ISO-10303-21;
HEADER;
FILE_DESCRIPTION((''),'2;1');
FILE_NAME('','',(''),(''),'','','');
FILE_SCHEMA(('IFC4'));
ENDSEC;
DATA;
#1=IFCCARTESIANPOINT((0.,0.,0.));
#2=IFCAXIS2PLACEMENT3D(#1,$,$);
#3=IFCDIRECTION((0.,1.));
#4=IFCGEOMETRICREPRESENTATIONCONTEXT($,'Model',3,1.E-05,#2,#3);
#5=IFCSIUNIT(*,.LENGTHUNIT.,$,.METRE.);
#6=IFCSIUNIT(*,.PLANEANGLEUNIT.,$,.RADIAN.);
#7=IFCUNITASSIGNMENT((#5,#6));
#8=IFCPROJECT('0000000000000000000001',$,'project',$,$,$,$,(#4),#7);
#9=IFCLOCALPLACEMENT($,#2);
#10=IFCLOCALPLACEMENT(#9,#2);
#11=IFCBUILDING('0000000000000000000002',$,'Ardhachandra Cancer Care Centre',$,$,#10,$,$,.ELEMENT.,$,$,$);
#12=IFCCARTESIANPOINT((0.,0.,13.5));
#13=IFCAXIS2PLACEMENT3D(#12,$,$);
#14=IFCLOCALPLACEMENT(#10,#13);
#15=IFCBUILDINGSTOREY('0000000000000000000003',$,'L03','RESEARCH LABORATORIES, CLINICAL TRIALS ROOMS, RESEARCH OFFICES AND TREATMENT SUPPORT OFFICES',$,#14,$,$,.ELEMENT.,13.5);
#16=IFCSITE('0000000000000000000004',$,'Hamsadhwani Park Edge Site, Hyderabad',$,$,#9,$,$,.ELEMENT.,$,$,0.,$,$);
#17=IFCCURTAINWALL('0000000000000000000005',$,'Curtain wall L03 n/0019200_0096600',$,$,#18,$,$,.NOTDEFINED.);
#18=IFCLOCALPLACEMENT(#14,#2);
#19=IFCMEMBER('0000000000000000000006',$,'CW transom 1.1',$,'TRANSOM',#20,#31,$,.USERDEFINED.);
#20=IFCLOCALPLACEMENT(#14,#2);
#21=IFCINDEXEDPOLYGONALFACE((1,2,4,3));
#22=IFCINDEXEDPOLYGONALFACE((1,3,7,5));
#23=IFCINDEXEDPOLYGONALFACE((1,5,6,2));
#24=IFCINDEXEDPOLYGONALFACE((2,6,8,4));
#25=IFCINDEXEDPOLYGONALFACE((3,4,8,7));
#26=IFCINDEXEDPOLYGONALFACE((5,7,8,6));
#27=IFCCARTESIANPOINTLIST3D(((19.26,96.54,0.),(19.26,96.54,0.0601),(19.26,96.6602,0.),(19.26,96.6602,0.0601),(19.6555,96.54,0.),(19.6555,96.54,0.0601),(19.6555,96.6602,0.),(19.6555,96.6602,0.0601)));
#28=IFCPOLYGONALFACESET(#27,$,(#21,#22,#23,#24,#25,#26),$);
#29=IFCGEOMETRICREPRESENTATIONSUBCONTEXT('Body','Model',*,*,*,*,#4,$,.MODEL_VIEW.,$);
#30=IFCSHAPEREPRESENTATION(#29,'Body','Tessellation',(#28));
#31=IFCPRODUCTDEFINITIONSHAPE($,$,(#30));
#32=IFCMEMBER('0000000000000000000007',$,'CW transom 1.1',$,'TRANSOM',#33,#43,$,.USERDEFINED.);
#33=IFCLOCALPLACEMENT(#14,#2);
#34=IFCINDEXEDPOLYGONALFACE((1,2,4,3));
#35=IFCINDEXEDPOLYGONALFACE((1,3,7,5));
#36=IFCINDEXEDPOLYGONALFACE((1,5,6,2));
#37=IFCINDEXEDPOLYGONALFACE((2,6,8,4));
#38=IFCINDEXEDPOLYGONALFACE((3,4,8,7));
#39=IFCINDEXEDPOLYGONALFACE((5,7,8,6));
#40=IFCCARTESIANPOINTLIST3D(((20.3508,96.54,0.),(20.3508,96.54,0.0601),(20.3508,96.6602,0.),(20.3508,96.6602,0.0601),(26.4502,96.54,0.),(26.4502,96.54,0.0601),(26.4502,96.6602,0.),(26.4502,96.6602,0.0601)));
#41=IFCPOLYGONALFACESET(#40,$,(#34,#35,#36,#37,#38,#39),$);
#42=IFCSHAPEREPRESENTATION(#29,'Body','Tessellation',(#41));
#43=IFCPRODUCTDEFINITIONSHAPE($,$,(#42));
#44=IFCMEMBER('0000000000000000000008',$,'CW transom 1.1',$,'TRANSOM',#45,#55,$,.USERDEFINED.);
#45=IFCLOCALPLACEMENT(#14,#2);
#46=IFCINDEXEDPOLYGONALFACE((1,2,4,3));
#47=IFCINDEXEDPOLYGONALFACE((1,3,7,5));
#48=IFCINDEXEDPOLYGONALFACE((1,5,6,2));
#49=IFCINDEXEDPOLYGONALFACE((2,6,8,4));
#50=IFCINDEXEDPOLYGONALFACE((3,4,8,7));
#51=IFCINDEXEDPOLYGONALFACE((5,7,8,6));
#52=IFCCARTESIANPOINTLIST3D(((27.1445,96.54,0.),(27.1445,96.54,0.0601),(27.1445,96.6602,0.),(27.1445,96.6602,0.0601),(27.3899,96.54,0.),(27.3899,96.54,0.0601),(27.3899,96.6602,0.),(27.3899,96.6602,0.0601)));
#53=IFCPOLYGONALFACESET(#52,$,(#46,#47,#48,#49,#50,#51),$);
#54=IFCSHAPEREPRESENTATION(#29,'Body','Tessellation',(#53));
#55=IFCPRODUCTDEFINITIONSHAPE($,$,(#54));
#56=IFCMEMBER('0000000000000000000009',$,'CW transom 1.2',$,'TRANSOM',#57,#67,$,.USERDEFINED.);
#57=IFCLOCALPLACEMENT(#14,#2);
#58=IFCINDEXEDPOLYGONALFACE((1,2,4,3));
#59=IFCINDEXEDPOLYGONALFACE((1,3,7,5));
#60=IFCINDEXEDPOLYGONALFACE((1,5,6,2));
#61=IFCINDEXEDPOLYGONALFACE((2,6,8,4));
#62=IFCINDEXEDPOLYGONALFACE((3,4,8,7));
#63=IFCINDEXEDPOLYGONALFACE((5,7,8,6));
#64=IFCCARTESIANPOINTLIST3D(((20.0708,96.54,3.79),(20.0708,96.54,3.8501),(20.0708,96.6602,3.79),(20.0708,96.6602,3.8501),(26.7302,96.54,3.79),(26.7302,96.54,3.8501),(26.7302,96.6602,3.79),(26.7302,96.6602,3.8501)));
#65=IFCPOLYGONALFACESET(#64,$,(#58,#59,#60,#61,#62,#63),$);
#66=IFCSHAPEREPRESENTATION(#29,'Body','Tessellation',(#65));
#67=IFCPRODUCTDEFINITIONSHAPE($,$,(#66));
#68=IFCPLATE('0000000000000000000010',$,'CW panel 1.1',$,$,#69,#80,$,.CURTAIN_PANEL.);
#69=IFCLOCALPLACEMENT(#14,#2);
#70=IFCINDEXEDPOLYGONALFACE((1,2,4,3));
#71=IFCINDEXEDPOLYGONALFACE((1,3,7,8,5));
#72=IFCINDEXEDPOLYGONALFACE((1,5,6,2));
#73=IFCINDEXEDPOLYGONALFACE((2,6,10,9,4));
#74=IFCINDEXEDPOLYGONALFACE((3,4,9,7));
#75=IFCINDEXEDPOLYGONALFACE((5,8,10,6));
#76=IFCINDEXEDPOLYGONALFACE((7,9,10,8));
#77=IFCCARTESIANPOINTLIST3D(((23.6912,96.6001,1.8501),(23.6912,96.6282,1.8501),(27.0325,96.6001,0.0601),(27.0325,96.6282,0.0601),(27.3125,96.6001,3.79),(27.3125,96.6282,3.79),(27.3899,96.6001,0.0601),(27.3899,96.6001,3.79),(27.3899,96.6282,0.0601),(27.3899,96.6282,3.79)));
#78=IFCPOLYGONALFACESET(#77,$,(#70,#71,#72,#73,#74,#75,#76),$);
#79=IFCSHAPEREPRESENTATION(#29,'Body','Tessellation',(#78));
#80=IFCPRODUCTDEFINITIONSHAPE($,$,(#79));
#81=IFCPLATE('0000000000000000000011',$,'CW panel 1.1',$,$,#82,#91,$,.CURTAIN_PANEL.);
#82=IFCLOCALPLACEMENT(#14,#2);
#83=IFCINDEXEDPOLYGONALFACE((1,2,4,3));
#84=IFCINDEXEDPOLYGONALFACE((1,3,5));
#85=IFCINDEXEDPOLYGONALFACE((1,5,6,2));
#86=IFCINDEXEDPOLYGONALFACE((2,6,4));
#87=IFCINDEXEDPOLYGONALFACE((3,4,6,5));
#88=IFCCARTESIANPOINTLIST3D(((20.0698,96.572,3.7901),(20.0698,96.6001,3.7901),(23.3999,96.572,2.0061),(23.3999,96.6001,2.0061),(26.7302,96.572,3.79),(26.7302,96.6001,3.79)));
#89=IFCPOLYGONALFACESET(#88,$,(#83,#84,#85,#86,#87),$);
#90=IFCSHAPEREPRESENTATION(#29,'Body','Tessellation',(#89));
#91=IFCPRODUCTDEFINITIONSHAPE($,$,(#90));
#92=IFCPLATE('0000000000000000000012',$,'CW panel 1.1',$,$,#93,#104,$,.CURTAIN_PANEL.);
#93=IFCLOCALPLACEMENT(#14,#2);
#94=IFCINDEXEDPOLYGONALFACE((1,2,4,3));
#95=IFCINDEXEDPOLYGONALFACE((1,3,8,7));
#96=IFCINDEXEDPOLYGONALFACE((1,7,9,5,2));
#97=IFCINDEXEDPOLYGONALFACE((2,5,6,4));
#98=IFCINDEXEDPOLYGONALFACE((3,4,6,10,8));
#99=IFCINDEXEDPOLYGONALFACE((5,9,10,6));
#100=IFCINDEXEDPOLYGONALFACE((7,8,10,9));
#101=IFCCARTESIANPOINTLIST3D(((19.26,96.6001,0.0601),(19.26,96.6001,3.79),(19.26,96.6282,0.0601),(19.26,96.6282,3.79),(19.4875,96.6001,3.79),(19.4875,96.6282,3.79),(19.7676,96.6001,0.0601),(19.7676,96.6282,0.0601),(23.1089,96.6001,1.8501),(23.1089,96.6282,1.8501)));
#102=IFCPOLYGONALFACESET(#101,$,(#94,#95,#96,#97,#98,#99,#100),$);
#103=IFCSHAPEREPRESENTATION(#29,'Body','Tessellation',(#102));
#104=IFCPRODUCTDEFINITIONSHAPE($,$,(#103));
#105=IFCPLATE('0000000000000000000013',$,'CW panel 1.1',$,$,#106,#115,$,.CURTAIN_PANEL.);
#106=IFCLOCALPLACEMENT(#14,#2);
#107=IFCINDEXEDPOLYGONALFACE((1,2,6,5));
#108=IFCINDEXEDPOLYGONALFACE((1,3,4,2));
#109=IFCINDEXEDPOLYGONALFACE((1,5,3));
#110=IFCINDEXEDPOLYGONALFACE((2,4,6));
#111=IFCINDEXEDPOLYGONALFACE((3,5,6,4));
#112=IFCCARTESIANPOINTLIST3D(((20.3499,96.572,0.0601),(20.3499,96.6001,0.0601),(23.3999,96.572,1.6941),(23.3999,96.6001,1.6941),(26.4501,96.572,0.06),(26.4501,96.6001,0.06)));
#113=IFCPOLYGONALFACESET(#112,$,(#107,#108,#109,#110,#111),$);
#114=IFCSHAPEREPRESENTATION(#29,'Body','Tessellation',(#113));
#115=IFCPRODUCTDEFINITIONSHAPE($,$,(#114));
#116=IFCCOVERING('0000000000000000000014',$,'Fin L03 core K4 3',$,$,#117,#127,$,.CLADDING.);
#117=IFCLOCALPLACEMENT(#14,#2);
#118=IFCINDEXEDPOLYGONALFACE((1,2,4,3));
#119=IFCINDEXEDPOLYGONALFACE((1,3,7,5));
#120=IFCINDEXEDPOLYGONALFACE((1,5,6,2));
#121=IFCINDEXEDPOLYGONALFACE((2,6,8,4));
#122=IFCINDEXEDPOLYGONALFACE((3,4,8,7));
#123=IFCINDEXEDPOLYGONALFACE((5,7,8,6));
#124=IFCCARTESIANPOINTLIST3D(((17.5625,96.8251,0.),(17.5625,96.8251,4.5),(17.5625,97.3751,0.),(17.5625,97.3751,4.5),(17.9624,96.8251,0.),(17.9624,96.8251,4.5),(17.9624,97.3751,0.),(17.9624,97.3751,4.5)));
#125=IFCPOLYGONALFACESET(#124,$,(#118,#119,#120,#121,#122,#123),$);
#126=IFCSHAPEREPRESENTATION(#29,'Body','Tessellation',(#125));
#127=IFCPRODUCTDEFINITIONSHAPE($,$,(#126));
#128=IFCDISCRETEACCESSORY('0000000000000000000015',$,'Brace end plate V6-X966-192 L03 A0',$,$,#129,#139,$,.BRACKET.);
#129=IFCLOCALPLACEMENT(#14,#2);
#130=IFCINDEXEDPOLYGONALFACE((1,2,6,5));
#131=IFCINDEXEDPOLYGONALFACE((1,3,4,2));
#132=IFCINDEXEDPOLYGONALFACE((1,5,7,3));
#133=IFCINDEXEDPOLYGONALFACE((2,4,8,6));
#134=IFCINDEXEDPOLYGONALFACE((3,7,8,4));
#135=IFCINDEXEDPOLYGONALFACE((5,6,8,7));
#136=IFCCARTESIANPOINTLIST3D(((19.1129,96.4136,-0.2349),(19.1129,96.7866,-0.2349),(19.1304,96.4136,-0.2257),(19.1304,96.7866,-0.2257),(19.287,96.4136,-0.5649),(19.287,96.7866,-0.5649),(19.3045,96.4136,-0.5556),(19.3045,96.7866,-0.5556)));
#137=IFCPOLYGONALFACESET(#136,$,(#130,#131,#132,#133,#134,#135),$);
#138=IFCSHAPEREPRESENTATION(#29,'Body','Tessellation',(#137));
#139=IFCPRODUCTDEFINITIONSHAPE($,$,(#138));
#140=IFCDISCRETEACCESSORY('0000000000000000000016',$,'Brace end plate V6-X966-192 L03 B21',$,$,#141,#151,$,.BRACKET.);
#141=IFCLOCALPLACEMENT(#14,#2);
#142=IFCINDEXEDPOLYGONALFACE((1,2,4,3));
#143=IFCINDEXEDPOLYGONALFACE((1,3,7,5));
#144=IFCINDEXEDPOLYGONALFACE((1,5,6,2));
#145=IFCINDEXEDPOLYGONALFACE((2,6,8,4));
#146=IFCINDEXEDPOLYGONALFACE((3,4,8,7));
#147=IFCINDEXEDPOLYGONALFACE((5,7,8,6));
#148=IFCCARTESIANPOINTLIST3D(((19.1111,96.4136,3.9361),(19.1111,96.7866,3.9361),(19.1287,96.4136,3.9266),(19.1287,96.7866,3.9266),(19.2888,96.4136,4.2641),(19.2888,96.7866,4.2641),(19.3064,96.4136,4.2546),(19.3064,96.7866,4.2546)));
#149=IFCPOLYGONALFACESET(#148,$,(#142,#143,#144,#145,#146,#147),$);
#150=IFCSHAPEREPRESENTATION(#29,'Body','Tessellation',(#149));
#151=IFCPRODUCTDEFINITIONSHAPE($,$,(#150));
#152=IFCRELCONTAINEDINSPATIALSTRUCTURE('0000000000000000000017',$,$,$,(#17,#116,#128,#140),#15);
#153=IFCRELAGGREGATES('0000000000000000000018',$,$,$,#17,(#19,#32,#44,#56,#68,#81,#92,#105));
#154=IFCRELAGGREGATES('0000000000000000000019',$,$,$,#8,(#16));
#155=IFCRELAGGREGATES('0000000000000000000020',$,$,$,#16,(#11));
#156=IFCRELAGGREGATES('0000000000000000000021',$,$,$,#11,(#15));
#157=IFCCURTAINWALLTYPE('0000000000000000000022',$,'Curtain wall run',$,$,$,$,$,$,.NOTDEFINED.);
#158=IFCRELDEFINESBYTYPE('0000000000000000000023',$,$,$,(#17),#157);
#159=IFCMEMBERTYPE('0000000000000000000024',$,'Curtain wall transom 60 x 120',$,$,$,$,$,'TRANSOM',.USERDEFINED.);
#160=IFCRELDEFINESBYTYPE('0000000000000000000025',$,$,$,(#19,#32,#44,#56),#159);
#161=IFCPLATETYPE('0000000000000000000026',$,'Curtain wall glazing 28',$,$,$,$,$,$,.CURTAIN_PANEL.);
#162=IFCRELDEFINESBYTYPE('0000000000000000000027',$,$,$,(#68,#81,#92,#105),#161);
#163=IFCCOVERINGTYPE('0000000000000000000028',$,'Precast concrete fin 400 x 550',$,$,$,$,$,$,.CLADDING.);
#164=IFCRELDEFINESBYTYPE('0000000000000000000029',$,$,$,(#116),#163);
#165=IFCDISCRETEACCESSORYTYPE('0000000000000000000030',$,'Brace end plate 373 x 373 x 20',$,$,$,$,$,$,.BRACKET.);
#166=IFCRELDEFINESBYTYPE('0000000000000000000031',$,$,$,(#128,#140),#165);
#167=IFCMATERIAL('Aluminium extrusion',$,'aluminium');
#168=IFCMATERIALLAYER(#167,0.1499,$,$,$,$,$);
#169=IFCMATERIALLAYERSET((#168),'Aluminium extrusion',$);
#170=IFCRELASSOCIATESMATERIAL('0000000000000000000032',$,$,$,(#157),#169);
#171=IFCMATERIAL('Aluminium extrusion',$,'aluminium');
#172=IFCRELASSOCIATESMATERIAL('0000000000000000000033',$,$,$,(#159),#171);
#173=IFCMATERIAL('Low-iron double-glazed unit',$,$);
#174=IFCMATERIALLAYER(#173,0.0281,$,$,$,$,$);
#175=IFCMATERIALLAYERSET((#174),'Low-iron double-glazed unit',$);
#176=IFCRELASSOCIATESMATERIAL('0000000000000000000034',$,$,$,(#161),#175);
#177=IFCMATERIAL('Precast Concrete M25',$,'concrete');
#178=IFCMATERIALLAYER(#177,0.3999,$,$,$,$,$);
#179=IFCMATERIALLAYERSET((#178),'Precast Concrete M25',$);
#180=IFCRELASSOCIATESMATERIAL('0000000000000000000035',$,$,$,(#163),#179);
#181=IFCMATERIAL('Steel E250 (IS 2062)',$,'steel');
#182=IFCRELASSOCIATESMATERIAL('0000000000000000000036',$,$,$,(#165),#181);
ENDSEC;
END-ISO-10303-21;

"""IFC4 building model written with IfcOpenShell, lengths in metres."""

from ifc_helpers import new_model, si_unit, direction, frame, origin, origin_2d, place, context, subcontext, project, spatial, polyline, rectangle, outline, extrude, material, layer, layer_set, material_profile, profile_set, type_object, element, aggregate, save


model = new_model("IFC4")

# Units and contexts
model_context = context("Model", 3, precision=1e-05, world=origin(), true_north=direction((0.0, 1.0)))
body_context = subcontext(model_context, "Body", "Model", "MODEL_VIEW")
ifc_project = project(units=[si_unit("LENGTHUNIT", "METRE"), si_unit("PLANEANGLEUNIT", "RADIAN")], contexts=[model_context])

# Site, building, storey
site_placement = place(None, origin())
site = spatial("IfcSite", under=ifc_project, at=site_placement, Name="Hamsadhwani Park Edge Site, Hyderabad", CompositionType="ELEMENT", RefElevation=0.0)
building_placement = place(site_placement, origin())
building = spatial("IfcBuilding", under=site, at=building_placement, Name="Ardhachandra Cancer Care Centre", CompositionType="ELEMENT")
storey_placement = place(building_placement, frame((0.0, 0.0, 13.5)))
storey = spatial("IfcBuildingStorey", under=building, at=storey_placement, Name="L03", Description="RESEARCH LABORATORIES, CLINICAL TRIALS ROOMS, RESEARCH OFFICES AND TREATMENT SUPPORT OFFICES", CompositionType="ELEMENT", Elevation=13.5)

# Curtain wall, members, plates
ifc_material_1 = material(Name="Aluminium extrusion", Category="aluminium")
ifc_layer_1 = layer(ifc_material_1, 0.1499)
ifc_layer_set_1 = layer_set([ifc_layer_1], Name="Aluminium extrusion")
curtain_wall_type = type_object("IfcCurtainWallType", Name="Curtain wall run", PredefinedType="NOTDEFINED", material=ifc_layer_set_1)
curtain_wall_placement = place(storey_placement, origin())
curtain_wall = element("IfcCurtainWall", 1, at=curtain_wall_placement, inside=storey, type_object=curtain_wall_type, Name="Curtain wall L03 n/0019200_0096600", PredefinedType="NOTDEFINED")
ifc_material_2 = material(Name="Aluminium extrusion", Category="aluminium")
ifc_material_profile_1 = material_profile(ifc_material_2, rectangle(XDim=0.1201, YDim=0.0601, at=origin_2d()), Name="Curtain wall transom 60 x 120")
ifc_profile_set_1 = profile_set([ifc_material_profile_1], Name="Aluminium extrusion")
member_type_1 = type_object("IfcMemberType", Name="Curtain wall transom 60 x 120", ElementType="TRANSOM", PredefinedType="USERDEFINED", material=ifc_profile_set_1)
member_1_placement = place(storey_placement, frame((19.26, 96.6001, 0.03), z_axis=(1.0, 0.0, 0.0), x_axis=(0.0, 1.0, 0.0)))
member_1 = element("IfcMember", 2, at=member_1_placement, type_object=member_type_1, Name="CW transom 1.1", ObjectType="TRANSOM", PredefinedType="USERDEFINED", context=body_context, shape_type="SweptSolid", body=[
    extrude(rectangle(XDim=0.1201, YDim=0.0601, at=origin_2d()), origin(), (0.0, 0.0, 1.0), 0.3955),
])
member_2_placement = place(storey_placement, frame((20.3508, 96.6001, 0.03), z_axis=(1.0, 0.0, 0.0), x_axis=(0.0, 1.0, 0.0)))
member_2 = element("IfcMember", 3, at=member_2_placement, type_object=member_type_1, Name="CW transom 1.1", ObjectType="TRANSOM", PredefinedType="USERDEFINED", context=body_context, shape_type="SweptSolid", body=[
    extrude(rectangle(XDim=0.1201, YDim=0.0601, at=origin_2d()), origin(), (0.0, 0.0, 1.0), 6.0994),
])
member_3_placement = place(storey_placement, frame((27.1445, 96.6001, 0.03), z_axis=(1.0, 0.0, 0.0), x_axis=(0.0, 1.0, 0.0)))
member_3 = element("IfcMember", 4, at=member_3_placement, type_object=member_type_1, Name="CW transom 1.1", ObjectType="TRANSOM", PredefinedType="USERDEFINED", context=body_context, shape_type="SweptSolid", body=[
    extrude(rectangle(XDim=0.1201, YDim=0.0601, at=origin_2d()), origin(), (0.0, 0.0, 1.0), 0.2454),
])
member_4_placement = place(storey_placement, frame((20.0708, 96.6001, 3.8201), z_axis=(1.0, 0.0, 0.0), x_axis=(0.0, 1.0, 0.0)))
member_4 = element("IfcMember", 5, at=member_4_placement, type_object=member_type_1, Name="CW transom 1.2", ObjectType="TRANSOM", PredefinedType="USERDEFINED", context=body_context, shape_type="SweptSolid", body=[
    extrude(rectangle(XDim=0.1201, YDim=0.0601, at=origin_2d()), origin(), (0.0, 0.0, 1.0), 6.6594),
])
ifc_material_3 = material(Name="Low-iron double-glazed unit")
ifc_layer_2 = layer(ifc_material_3, 0.0281)
ifc_layer_set_2 = layer_set([ifc_layer_2], Name="Low-iron double-glazed unit")
plate_type = type_object("IfcPlateType", Name="Curtain wall glazing 28", PredefinedType="CURTAIN_PANEL", material=ifc_layer_set_2)
plate_1_placement = place(storey_placement, frame((27.3899, 96.6001, 3.79), z_axis=(0.0, 1.0, 0.0), x_axis=(0.0, 0.0, -1.0)))
plate_1 = element("IfcPlate", 6, at=plate_1_placement, type_object=plate_type, Name="CW panel 1.1", PredefinedType="CURTAIN_PANEL", context=body_context, shape_type="SweptSolid", body=[
    extrude(outline(polyline([(0.0, 0.0), (3.73, 0.0), (3.73, 0.3574), (1.9399, 3.6987), (0.0, 0.0774), (0.0, 0.0)])), origin(), (0.0, 0.0, 1.0), 0.0281),
])
plate_2_placement = place(storey_placement, frame((26.7302, 96.6001, 3.79), z_axis=(0.0, 1.0, 0.0), x_axis=(-0.881498, 0.0, -0.472187)))
plate_2 = element("IfcPlate", 7, at=plate_2_placement, type_object=plate_type, Name="CW panel 1.1", PredefinedType="CURTAIN_PANEL", context=body_context, shape_type="SweptSolid", body=[
    extrude(outline(polyline([(0.0, 0.0), (3.7781, 0.0), (5.8711, 3.145), (0.0, 0.0)])), frame((0.0, 0.0, -0.0281)), (0.0, 0.0, 1.0), 0.0281),
])
plate_3_placement = place(storey_placement, frame((19.26, 96.6001, 0.0601), z_axis=(0.0, 1.0, 0.0), x_axis=(0.0, 0.0, 1.0)))
plate_3 = element("IfcPlate", 8, at=plate_3_placement, type_object=plate_type, Name="CW panel 1.1", PredefinedType="CURTAIN_PANEL", context=body_context, shape_type="SweptSolid", body=[
    extrude(outline(polyline([(0.0, 0.0), (3.73, 0.0), (3.73, 0.2275), (1.79, 3.8489), (0.0, 0.5076), (0.0, 0.0)])), origin(), (0.0, 0.0, 1.0), 0.0281),
])
plate_4_placement = place(storey_placement, frame((20.3499, 96.6001, 0.0601), z_axis=(0.0, 1.0, 0.0), x_axis=(0.881471, 0.0, 0.472239)))
plate_4 = element("IfcPlate", 9, at=plate_4_placement, type_object=plate_type, Name="CW panel 1.1", PredefinedType="CURTAIN_PANEL", context=body_context, shape_type="SweptSolid", body=[
    extrude(outline(polyline([(0.0, 0.0), (3.4602, 0.0), (5.3772, 2.8809), (0.0, 0.0)])), frame((0.0, 0.0, -0.0281)), (0.0, 0.0, 1.0), 0.0281),
])
aggregate(curtain_wall, [member_1, member_2, member_3, member_4, plate_1, plate_2, plate_3, plate_4])

# Covering
ifc_material_4 = material(Name="Precast Concrete M25", Category="concrete")
ifc_layer_3 = layer(ifc_material_4, 0.3999)
ifc_layer_set_3 = layer_set([ifc_layer_3], Name="Precast Concrete M25")
covering_type = type_object("IfcCoveringType", Name="Precast concrete fin 400 x 550", PredefinedType="CLADDING", material=ifc_layer_set_3)
covering_placement = place(storey_placement, frame((17.7625, 97.1001, 0.0), z_axis=(0.0, 0.0, 1.0), x_axis=(1.0, 0.0, 0.0)))
element("IfcCovering", 10, at=covering_placement, inside=storey, type_object=covering_type, Name="Fin L03 core K4 3", PredefinedType="CLADDING", context=body_context, shape_type="SweptSolid", body=[
    extrude(rectangle(XDim=0.3999, YDim=0.55, at=origin_2d()), origin(), (0.0, 0.0, 1.0), 4.5),
])

# Discrete accessories
ifc_material_5 = material(Name="Steel E250 (IS 2062)", Category="steel")
ifc_material_profile_2 = material_profile(ifc_material_5, rectangle(XDim=0.373, YDim=0.373, at=origin_2d()), Name="PL 373x373x20")
ifc_profile_set_2 = profile_set([ifc_material_profile_2], Name="Steel E250 (IS 2062)")
discrete_accessory_type = type_object("IfcDiscreteAccessoryType", Name="Brace end plate 373 x 373 x 20", PredefinedType="BRACKET", material=ifc_profile_set_2)
discrete_accessory_1_placement = place(storey_placement, frame((19.2, 96.6001, -0.3999), z_axis=(0.884385, 0.0, 0.466759), x_axis=(0.0, 1.0, 0.0)))
element("IfcDiscreteAccessory", 11, at=discrete_accessory_1_placement, inside=storey, type_object=discrete_accessory_type, Name="Brace end plate V6-X966-192 L03 A0", PredefinedType="BRACKET", context=body_context, shape_type="SweptSolid", body=[
    extrude(rectangle(XDim=0.373, YDim=0.373, at=origin_2d()), origin(), (0.0, 0.0, 1.0), 0.0198),
])
discrete_accessory_2_placement = place(storey_placement, frame((19.2, 96.6001, 4.1001), z_axis=(0.879292, 0.0, -0.476283), x_axis=(0.0, 1.0, 0.0)))
element("IfcDiscreteAccessory", 12, at=discrete_accessory_2_placement, inside=storey, type_object=discrete_accessory_type, Name="Brace end plate V6-X966-192 L03 B21", PredefinedType="BRACKET", context=body_context, shape_type="SweptSolid", body=[
    extrude(rectangle(XDim=0.373, YDim=0.373, at=origin_2d()), origin(), (0.0, 0.0, 1.0), 0.02),
])

save(model, "model.ifc")
